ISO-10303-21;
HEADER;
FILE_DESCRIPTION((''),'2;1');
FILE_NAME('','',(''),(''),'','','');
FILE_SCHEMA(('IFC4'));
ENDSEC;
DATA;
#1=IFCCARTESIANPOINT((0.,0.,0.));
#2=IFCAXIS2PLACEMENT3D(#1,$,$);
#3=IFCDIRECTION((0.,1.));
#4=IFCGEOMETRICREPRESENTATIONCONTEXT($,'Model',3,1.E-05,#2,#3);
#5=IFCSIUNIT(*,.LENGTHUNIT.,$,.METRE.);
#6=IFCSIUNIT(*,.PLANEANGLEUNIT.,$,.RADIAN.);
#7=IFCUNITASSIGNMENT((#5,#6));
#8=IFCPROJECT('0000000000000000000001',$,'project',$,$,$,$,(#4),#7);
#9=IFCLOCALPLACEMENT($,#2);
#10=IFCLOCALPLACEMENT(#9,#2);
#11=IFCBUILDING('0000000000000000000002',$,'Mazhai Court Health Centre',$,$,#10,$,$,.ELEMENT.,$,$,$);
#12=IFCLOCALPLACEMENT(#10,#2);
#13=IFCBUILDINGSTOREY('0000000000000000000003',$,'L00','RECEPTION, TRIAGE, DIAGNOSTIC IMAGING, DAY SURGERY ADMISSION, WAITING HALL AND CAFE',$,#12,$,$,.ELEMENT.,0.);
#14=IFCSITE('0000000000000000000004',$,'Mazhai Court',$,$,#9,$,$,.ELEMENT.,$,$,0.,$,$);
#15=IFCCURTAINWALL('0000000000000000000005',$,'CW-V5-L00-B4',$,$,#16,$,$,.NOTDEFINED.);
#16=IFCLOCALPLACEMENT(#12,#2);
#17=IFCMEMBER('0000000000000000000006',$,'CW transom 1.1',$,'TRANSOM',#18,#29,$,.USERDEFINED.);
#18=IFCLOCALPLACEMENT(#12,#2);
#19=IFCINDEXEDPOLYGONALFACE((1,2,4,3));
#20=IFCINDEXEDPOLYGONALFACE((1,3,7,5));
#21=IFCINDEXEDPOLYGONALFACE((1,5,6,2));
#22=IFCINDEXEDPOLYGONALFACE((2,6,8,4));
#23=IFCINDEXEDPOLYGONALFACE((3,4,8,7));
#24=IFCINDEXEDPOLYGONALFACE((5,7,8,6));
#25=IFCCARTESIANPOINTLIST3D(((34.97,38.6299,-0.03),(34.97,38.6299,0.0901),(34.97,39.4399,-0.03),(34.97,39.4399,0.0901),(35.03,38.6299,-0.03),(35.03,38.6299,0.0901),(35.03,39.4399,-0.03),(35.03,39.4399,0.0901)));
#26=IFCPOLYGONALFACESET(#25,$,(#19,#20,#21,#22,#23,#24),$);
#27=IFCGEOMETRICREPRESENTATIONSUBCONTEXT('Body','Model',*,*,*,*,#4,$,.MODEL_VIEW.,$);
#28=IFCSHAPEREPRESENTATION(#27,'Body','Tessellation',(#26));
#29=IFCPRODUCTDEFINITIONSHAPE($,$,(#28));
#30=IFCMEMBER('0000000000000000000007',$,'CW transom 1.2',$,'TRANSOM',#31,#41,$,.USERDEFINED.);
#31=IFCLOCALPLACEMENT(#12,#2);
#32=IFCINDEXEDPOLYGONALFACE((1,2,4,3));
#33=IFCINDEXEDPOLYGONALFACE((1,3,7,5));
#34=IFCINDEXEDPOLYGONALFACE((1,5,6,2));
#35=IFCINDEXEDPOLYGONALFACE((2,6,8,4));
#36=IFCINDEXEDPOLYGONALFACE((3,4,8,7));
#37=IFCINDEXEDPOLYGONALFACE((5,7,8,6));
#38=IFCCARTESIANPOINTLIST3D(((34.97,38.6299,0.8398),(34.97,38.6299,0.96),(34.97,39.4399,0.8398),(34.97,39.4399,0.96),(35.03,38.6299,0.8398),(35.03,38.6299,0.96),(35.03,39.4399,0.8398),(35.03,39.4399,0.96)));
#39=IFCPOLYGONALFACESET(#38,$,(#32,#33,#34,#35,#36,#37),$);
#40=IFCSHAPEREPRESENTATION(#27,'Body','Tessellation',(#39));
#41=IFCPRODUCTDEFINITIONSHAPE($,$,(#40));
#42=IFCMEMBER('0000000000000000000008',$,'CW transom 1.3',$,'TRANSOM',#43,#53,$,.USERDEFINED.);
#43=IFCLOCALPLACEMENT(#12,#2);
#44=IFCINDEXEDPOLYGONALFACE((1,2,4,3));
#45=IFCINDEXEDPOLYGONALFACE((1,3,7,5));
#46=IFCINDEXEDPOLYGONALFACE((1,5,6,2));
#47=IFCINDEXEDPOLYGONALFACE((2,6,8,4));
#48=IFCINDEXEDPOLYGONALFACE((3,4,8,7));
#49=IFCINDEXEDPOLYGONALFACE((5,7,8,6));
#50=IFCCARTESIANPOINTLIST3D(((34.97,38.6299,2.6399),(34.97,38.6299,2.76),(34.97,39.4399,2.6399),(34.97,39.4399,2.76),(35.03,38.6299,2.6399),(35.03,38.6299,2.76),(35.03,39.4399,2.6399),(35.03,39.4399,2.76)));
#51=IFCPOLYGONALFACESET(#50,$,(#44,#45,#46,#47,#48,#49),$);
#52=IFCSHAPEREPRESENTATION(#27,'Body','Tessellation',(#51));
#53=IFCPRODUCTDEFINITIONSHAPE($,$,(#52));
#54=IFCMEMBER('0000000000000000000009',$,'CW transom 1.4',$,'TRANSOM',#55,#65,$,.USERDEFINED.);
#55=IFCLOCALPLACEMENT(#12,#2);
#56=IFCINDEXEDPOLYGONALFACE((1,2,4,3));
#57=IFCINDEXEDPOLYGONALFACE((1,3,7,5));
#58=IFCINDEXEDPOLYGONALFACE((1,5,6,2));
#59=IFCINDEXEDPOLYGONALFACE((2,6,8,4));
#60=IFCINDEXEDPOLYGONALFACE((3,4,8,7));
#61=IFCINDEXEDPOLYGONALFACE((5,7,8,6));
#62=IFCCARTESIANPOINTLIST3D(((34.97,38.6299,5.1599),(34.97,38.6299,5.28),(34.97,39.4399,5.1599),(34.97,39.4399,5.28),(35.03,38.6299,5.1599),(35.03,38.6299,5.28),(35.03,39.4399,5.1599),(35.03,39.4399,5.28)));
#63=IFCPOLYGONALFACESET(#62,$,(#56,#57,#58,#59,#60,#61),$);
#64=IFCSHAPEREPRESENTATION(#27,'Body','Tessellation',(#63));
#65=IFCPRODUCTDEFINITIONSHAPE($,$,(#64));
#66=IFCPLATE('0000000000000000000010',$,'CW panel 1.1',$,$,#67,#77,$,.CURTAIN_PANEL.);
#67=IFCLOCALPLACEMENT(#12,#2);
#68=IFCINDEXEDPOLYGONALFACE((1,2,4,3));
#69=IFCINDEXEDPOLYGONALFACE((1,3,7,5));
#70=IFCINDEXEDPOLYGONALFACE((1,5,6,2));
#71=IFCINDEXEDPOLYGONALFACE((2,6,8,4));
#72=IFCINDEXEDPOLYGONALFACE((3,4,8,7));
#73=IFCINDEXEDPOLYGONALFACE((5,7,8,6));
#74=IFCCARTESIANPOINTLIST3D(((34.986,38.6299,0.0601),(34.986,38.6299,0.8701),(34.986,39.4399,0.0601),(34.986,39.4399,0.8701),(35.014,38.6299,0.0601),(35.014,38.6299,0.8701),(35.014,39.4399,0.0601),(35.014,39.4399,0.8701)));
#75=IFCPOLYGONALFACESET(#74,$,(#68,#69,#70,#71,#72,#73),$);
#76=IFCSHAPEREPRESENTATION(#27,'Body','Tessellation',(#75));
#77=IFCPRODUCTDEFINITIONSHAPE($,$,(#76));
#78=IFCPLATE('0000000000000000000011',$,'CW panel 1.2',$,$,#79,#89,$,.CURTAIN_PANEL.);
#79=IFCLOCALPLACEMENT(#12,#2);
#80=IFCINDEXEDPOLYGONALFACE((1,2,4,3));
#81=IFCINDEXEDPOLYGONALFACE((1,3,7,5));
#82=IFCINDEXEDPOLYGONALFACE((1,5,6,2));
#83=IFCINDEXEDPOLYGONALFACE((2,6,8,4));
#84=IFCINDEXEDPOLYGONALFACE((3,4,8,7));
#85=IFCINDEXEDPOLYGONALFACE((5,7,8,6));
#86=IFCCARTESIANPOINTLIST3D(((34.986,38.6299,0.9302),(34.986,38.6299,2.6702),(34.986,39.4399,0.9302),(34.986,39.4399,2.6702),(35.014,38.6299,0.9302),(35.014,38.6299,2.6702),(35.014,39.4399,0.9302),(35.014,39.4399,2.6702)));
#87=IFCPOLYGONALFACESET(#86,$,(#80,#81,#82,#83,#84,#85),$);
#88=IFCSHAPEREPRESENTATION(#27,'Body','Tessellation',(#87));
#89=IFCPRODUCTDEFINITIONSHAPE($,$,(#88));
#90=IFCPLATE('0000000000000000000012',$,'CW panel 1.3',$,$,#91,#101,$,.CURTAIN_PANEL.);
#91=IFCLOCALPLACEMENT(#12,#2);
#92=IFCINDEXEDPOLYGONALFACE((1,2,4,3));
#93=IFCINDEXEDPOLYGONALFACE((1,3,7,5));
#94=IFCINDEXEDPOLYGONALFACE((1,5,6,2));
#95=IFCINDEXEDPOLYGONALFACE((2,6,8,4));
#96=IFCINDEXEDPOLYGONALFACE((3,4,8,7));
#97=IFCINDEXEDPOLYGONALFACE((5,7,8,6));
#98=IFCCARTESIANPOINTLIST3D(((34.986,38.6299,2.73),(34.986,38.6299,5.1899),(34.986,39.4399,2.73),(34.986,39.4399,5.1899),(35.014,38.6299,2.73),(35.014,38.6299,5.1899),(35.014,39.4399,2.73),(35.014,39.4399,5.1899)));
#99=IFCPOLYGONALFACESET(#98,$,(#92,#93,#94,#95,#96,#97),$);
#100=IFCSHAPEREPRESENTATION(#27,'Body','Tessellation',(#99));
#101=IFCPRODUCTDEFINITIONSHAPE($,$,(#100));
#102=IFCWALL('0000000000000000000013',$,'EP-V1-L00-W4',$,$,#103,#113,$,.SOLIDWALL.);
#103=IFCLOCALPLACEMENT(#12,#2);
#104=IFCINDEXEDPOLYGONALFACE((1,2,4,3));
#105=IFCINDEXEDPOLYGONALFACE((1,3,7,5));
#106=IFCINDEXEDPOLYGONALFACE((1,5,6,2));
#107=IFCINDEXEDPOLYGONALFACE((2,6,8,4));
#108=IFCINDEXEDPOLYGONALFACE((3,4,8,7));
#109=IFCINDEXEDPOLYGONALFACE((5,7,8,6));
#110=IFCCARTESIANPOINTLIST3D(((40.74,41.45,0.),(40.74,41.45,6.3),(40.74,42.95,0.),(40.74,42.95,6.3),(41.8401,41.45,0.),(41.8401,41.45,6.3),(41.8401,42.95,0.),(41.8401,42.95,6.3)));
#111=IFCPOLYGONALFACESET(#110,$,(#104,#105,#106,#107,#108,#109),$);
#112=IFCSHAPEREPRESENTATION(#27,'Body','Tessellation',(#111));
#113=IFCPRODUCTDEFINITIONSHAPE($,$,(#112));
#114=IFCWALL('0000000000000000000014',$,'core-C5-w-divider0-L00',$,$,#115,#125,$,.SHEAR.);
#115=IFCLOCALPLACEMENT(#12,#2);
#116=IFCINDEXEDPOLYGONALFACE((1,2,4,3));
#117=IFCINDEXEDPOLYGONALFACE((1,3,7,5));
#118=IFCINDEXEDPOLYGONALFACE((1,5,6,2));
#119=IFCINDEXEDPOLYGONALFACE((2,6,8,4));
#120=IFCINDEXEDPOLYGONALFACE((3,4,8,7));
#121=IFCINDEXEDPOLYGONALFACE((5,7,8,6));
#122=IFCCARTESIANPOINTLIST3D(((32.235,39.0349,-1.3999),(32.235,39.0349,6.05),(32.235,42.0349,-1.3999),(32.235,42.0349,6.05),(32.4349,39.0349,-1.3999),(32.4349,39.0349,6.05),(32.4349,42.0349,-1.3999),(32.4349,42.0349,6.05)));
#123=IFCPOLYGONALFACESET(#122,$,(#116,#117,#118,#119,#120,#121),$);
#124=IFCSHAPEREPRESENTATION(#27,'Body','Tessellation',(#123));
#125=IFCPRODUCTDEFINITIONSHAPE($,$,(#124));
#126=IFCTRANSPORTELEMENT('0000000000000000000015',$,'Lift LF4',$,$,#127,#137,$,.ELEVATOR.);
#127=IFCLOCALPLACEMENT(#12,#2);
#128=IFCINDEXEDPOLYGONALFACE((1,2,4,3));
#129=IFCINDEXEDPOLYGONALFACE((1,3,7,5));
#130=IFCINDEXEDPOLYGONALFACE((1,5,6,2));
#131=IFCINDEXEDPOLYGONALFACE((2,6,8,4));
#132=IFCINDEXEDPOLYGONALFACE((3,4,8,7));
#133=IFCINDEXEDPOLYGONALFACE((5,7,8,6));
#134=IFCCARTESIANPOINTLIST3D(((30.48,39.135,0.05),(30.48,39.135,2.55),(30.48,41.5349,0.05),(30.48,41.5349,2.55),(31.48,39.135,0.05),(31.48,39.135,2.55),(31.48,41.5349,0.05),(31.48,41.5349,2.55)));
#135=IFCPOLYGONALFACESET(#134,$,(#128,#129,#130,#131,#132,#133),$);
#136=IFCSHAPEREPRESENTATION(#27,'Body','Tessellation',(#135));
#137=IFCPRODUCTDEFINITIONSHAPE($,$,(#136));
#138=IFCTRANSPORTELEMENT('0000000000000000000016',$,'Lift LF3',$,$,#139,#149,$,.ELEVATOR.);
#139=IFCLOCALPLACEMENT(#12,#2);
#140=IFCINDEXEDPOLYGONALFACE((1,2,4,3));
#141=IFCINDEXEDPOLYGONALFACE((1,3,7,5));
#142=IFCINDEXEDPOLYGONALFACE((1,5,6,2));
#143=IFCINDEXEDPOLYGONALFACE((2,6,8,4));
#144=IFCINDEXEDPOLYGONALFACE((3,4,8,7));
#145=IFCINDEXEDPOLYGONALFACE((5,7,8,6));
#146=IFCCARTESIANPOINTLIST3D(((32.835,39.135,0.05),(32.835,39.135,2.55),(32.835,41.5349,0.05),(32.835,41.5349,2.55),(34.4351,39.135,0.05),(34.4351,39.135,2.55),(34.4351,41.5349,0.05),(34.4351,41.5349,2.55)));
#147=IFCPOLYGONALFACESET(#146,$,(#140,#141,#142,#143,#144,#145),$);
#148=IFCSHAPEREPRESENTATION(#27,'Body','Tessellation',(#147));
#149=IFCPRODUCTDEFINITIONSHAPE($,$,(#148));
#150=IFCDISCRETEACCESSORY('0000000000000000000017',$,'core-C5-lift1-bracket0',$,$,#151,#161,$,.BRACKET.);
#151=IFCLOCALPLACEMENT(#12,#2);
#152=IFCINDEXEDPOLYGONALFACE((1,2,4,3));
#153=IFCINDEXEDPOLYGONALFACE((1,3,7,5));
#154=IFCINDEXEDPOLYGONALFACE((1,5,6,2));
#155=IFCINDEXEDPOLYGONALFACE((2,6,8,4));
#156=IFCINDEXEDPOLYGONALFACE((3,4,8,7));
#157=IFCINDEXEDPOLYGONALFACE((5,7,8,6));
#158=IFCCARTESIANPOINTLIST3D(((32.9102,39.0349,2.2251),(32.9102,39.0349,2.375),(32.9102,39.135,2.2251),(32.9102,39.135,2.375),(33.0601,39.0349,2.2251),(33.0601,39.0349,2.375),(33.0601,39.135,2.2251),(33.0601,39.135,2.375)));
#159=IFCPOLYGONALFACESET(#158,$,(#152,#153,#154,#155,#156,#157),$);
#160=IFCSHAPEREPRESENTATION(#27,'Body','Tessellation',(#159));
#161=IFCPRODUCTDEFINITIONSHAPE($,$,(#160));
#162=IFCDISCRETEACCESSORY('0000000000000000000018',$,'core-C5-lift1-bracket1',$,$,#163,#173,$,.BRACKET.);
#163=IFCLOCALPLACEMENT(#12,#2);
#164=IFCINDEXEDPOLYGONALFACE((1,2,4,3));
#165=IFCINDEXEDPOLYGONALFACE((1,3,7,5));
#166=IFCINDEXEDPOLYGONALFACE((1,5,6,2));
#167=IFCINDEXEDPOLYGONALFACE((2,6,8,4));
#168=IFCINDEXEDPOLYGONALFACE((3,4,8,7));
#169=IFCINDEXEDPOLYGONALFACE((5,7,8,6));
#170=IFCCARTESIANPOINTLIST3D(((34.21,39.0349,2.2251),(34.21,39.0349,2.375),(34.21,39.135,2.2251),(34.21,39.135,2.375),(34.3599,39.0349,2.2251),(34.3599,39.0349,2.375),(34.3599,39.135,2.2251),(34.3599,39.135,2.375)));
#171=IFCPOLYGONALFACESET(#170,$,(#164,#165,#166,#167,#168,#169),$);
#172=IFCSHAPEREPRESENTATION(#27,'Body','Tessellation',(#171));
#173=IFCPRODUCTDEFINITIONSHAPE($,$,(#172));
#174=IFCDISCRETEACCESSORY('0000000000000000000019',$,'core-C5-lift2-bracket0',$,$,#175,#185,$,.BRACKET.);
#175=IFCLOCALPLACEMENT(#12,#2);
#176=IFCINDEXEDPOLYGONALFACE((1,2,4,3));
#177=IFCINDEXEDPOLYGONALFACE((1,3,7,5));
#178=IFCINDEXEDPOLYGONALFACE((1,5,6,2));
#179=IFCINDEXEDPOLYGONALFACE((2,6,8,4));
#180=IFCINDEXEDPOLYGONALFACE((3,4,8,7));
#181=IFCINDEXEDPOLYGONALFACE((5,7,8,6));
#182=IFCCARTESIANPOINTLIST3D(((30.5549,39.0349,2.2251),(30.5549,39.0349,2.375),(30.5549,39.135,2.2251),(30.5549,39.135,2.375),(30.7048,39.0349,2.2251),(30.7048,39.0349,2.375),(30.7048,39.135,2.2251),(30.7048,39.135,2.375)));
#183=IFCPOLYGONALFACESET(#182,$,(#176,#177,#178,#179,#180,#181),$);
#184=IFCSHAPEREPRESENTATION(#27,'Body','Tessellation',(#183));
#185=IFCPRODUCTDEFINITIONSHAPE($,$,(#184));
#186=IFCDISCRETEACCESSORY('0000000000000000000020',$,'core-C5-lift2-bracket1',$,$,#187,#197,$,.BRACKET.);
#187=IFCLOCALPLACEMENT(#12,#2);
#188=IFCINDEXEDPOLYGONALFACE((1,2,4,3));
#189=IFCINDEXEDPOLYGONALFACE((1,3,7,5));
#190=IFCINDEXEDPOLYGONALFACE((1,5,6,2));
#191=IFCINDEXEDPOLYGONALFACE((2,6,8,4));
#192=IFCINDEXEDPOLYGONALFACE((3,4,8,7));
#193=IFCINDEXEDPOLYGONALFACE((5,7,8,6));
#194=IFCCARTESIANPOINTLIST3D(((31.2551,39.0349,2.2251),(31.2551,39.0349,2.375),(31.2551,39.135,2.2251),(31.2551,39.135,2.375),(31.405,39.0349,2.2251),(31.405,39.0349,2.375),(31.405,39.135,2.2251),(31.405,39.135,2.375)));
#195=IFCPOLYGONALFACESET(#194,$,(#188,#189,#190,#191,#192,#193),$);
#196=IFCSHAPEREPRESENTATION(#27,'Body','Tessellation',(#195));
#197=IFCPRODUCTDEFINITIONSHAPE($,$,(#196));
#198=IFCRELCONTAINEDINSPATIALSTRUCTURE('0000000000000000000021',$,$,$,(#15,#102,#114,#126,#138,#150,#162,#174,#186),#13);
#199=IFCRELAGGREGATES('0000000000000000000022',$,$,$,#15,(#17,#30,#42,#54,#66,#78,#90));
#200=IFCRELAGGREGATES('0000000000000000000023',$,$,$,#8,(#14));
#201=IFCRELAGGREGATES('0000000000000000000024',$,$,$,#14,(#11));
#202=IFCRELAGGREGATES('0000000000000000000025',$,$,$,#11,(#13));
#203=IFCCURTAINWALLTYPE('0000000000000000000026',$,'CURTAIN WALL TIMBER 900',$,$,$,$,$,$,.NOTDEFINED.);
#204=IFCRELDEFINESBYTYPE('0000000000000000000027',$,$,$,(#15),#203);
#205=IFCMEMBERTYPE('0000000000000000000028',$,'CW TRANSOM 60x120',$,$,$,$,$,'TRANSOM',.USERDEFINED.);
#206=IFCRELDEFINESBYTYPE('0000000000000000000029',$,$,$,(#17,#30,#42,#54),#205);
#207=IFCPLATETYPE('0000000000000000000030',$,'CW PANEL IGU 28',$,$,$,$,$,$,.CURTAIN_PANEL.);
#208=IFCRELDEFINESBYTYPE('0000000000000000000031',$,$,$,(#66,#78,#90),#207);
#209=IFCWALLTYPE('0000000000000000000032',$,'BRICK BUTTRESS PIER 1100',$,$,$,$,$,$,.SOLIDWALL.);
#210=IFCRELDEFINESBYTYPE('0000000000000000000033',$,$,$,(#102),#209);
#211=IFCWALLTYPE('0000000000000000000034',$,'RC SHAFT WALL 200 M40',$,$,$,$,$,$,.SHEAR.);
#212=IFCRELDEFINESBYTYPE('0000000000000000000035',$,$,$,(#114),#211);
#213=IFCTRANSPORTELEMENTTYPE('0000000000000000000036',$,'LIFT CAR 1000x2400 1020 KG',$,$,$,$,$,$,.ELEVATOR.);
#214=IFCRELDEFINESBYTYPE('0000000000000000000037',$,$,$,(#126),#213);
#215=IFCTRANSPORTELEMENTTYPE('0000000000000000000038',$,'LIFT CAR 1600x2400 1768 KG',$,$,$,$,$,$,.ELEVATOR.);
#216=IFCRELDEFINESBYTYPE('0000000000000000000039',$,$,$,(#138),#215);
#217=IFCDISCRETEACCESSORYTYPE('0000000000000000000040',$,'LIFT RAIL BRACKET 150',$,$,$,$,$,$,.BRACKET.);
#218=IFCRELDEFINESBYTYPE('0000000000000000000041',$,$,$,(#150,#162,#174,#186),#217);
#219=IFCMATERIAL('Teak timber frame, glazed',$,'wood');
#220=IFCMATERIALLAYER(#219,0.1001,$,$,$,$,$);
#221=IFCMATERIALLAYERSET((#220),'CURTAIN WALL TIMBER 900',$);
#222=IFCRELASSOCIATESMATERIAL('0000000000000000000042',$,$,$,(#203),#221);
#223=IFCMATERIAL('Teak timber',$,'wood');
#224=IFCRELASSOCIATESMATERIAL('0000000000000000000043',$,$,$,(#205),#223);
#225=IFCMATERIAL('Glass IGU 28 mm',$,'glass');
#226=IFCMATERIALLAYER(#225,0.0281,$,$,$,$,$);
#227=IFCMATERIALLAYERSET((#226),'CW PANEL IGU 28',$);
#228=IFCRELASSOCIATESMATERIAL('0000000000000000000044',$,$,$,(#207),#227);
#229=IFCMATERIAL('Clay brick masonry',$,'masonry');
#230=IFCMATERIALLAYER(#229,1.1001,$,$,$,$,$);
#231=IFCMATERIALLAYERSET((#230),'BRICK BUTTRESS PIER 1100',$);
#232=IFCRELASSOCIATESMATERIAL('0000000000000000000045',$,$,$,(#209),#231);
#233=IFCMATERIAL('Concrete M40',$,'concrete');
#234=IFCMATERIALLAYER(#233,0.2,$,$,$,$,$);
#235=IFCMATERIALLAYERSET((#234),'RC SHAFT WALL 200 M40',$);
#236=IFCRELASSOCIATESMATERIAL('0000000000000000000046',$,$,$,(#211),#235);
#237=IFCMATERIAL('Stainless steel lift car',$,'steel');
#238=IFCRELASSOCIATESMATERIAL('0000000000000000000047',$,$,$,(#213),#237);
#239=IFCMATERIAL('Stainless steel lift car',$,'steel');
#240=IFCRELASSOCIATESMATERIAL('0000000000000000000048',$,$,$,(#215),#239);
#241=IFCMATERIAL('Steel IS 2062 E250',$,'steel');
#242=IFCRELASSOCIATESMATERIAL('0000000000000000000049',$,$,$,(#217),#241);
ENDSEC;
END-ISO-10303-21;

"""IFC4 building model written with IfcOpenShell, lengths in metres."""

from ifc_helpers import new_model, si_unit, direction, frame, frame_2d, origin, origin_2d, place, context, subcontext, project, spatial, rectangle, extrude, material, layer, layer_set, material_profile, profile_set, type_object, element, aggregate, save


model = new_model("IFC4")

# Units and contexts
model_context = context("Model", 3, precision=1e-05, world=origin(), true_north=direction((0.0, 1.0)))
body_context = subcontext(model_context, "Body", "Model", "MODEL_VIEW")
ifc_project = project(units=[si_unit("LENGTHUNIT", "METRE"), si_unit("PLANEANGLEUNIT", "RADIAN")], contexts=[model_context])

# Site, building, storey
site_placement = place(None, origin())
site = spatial("IfcSite", under=ifc_project, at=site_placement, Name="Mazhai Court", CompositionType="ELEMENT", RefElevation=0.0)
building_placement = place(site_placement, origin())
building = spatial("IfcBuilding", under=site, at=building_placement, Name="Mazhai Court Health Centre", CompositionType="ELEMENT")
storey_placement = place(building_placement, origin())
storey = spatial("IfcBuildingStorey", under=building, at=storey_placement, Name="L00", Description="RECEPTION, TRIAGE, DIAGNOSTIC IMAGING, DAY SURGERY ADMISSION, WAITING HALL AND CAFE", CompositionType="ELEMENT", Elevation=0.0)

# Curtain wall, members, plates
ifc_material_1 = material(Name="Teak timber frame, glazed", Category="wood")
ifc_layer_1 = layer(ifc_material_1, 0.1001)
ifc_layer_set_1 = layer_set([ifc_layer_1], Name="CURTAIN WALL TIMBER 900")
curtain_wall_type = type_object("IfcCurtainWallType", Name="CURTAIN WALL TIMBER 900", PredefinedType="NOTDEFINED", material=ifc_layer_set_1)
curtain_wall_placement = place(storey_placement, origin())
curtain_wall = element("IfcCurtainWall", 1, at=curtain_wall_placement, inside=storey, type_object=curtain_wall_type, Name="CW-V5-L00-B4", PredefinedType="NOTDEFINED")
ifc_material_2 = material(Name="Teak timber", Category="wood")
ifc_material_profile_1 = material_profile(ifc_material_2, rectangle(XDim=0.0601, YDim=0.1201, at=origin_2d()), Name="CW TRANSOM 60x120")
ifc_profile_set_1 = profile_set([ifc_material_profile_1], Name="Teak timber")
member_type_1 = type_object("IfcMemberType", Name="CW TRANSOM 60x120", ElementType="TRANSOM", PredefinedType="USERDEFINED", material=ifc_profile_set_1)
member_1_placement = place(storey_placement, frame((35.0, 39.4399, 0.03), z_axis=(0.0, -1.0, 0.0), x_axis=(1.0, 0.0, 0.0)))
member_1 = element("IfcMember", 2, at=member_1_placement, type_object=member_type_1, Name="CW transom 1.1", ObjectType="TRANSOM", PredefinedType="USERDEFINED", context=body_context, shape_type="SweptSolid", body=[
    extrude(rectangle(XDim=0.0601, YDim=0.1201, at=origin_2d()), origin(), (0.0, 0.0, 1.0), 0.8101),
])
member_2_placement = place(storey_placement, frame((35.0, 39.4399, 0.8999), z_axis=(0.0, -1.0, 0.0), x_axis=(1.0, 0.0, 0.0)))
member_2 = element("IfcMember", 3, at=member_2_placement, type_object=member_type_1, Name="CW transom 1.2", ObjectType="TRANSOM", PredefinedType="USERDEFINED", context=body_context, shape_type="SweptSolid", body=[
    extrude(rectangle(XDim=0.0601, YDim=0.1201, at=origin_2d()), origin(), (0.0, 0.0, 1.0), 0.8101),
])
member_3_placement = place(storey_placement, frame((35.0, 39.4399, 2.7), z_axis=(0.0, -1.0, 0.0), x_axis=(1.0, 0.0, 0.0)))
member_3 = element("IfcMember", 4, at=member_3_placement, type_object=member_type_1, Name="CW transom 1.3", ObjectType="TRANSOM", PredefinedType="USERDEFINED", context=body_context, shape_type="SweptSolid", body=[
    extrude(rectangle(XDim=0.0601, YDim=0.1201, at=origin_2d()), origin(), (0.0, 0.0, 1.0), 0.8101),
])
member_4_placement = place(storey_placement, frame((35.0, 39.4399, 5.22), z_axis=(0.0, -1.0, 0.0), x_axis=(1.0, 0.0, 0.0)))
member_4 = element("IfcMember", 5, at=member_4_placement, type_object=member_type_1, Name="CW transom 1.4", ObjectType="TRANSOM", PredefinedType="USERDEFINED", context=body_context, shape_type="SweptSolid", body=[
    extrude(rectangle(XDim=0.0601, YDim=0.1201, at=origin_2d()), origin(), (0.0, 0.0, 1.0), 0.8101),
])
ifc_material_3 = material(Name="Glass IGU 28 mm", Category="glass")
ifc_layer_2 = layer(ifc_material_3, 0.0281)
ifc_layer_set_2 = layer_set([ifc_layer_2], Name="CW PANEL IGU 28")
plate_type = type_object("IfcPlateType", Name="CW PANEL IGU 28", PredefinedType="CURTAIN_PANEL", material=ifc_layer_set_2)
plate_1_placement = place(storey_placement, frame((35.0, 39.0349, 0.0601), z_axis=(0.0, 0.0, 1.0), x_axis=(0.0, -1.0, 0.0)))
plate_1 = element("IfcPlate", 6, at=plate_1_placement, type_object=plate_type, Name="CW panel 1.1", PredefinedType="CURTAIN_PANEL", context=body_context, shape_type="SweptSolid", body=[
    extrude(rectangle(XDim=0.8101, YDim=0.0281, at=origin_2d()), origin(), (0.0, 0.0, 1.0), 0.8101),
])
plate_2_placement = place(storey_placement, frame((35.0, 39.0349, 0.9302), z_axis=(0.0, 0.0, 1.0), x_axis=(0.0, -1.0, 0.0)))
plate_2 = element("IfcPlate", 7, at=plate_2_placement, type_object=plate_type, Name="CW panel 1.2", PredefinedType="CURTAIN_PANEL", context=body_context, shape_type="SweptSolid", body=[
    extrude(rectangle(XDim=0.8101, YDim=0.0281, at=origin_2d()), origin(), (0.0, 0.0, 1.0), 1.74),
])
plate_3_placement = place(storey_placement, frame((35.0, 39.0349, 2.73), z_axis=(0.0, 0.0, 1.0), x_axis=(0.0, -1.0, 0.0)))
plate_3 = element("IfcPlate", 8, at=plate_3_placement, type_object=plate_type, Name="CW panel 1.3", PredefinedType="CURTAIN_PANEL", context=body_context, shape_type="SweptSolid", body=[
    extrude(rectangle(XDim=0.8101, YDim=0.0281, at=origin_2d()), origin(), (0.0, 0.0, 1.0), 2.46),
])
aggregate(curtain_wall, [member_1, member_2, member_3, member_4, plate_1, plate_2, plate_3])

# Walls
ifc_material_4 = material(Name="Clay brick masonry", Category="masonry")
ifc_layer_3 = layer(ifc_material_4, 1.1001)
ifc_layer_set_3 = layer_set([ifc_layer_3], Name="BRICK BUTTRESS PIER 1100")
wall_type_1 = type_object("IfcWallType", Name="BRICK BUTTRESS PIER 1100", PredefinedType="SOLIDWALL", material=ifc_layer_set_3)
wall_1_placement = place(storey_placement, frame((41.29, 41.45, 0.0), z_axis=(0.0, 0.0, 1.0), x_axis=(0.0, 1.0, 0.0)))
element("IfcWall", 9, at=wall_1_placement, inside=storey, type_object=wall_type_1, Name="EP-V1-L00-W4", PredefinedType="SOLIDWALL", context=body_context, shape_type="SweptSolid", body=[
    extrude(rectangle(XDim=1.5, YDim=1.1001, at=frame_2d((0.75, 0.0))), origin(), (0.0, 0.0, 1.0), 6.3),
])
ifc_material_5 = material(Name="Concrete M40", Category="concrete")
ifc_layer_4 = layer(ifc_material_5, 0.2)
ifc_layer_set_4 = layer_set([ifc_layer_4], Name="RC SHAFT WALL 200 M40")
wall_type_2 = type_object("IfcWallType", Name="RC SHAFT WALL 200 M40", PredefinedType="SHEAR", material=ifc_layer_set_4)
wall_2_placement = place(storey_placement, frame((32.335, 42.0349, -1.3999), z_axis=(0.0, 0.0, 1.0), x_axis=(0.0, -1.0, 0.0)))
element("IfcWall", 10, at=wall_2_placement, inside=storey, type_object=wall_type_2, Name="core-C5-w-divider0-L00", PredefinedType="SHEAR", context=body_context, shape_type="SweptSolid", body=[
    extrude(rectangle(XDim=3.0, YDim=0.2, at=frame_2d((1.5, 0.0))), origin(), (0.0, 0.0, 1.0), 7.45),
])

# Transport elements
ifc_material_6 = material(Name="Stainless steel lift car", Category="steel")
transport_element_type_1 = type_object("IfcTransportElementType", Name="LIFT CAR 1000x2400 1020 KG", PredefinedType="ELEVATOR", material=ifc_material_6)
transport_element_1_placement = place(storey_placement, frame((30.98, 40.335, 0.05), z_axis=(0.0, 0.0, 1.0), x_axis=(1.0, 0.0, 0.0)))
element("IfcTransportElement", 11, at=transport_element_1_placement, inside=storey, type_object=transport_element_type_1, Name="Lift LF4", PredefinedType="ELEVATOR", context=body_context, shape_type="SweptSolid", body=[
    extrude(rectangle(XDim=1.0, YDim=2.3999, at=origin_2d()), origin(), (0.0, 0.0, 1.0), 2.5),
])
ifc_material_7 = material(Name="Stainless steel lift car", Category="steel")
transport_element_type_2 = type_object("IfcTransportElementType", Name="LIFT CAR 1600x2400 1768 KG", PredefinedType="ELEVATOR", material=ifc_material_7)
transport_element_2_placement = place(storey_placement, frame((33.635, 40.335, 0.05), z_axis=(0.0, 0.0, 1.0), x_axis=(1.0, 0.0, 0.0)))
element("IfcTransportElement", 12, at=transport_element_2_placement, inside=storey, type_object=transport_element_type_2, Name="Lift LF3", PredefinedType="ELEVATOR", context=body_context, shape_type="SweptSolid", body=[
    extrude(rectangle(XDim=1.6001, YDim=2.3999, at=origin_2d()), origin(), (0.0, 0.0, 1.0), 2.5),
])

# Discrete accessories
ifc_material_8 = material(Name="Steel IS 2062 E250", Category="steel")
discrete_accessory_type = type_object("IfcDiscreteAccessoryType", Name="LIFT RAIL BRACKET 150", PredefinedType="BRACKET", material=ifc_material_8)
for number, where, z_axis, x_axis, name in (
    (13, (32.9851, 39.085, 2.2251), (0.0, 0.0, 1.0), (1.0, 0.0, 0.0), "core-C5-lift1-bracket0"),
    (14, (34.2849, 39.085, 2.2251), (0.0, 0.0, 1.0), (1.0, 0.0, 0.0), "core-C5-lift1-bracket1"),
    (15, (30.6299, 39.085, 2.2251), (0.0, 0.0, 1.0), (1.0, 0.0, 0.0), "core-C5-lift2-bracket0"),
    (16, (31.3301, 39.085, 2.2251), (0.0, 0.0, 1.0), (1.0, 0.0, 0.0), "core-C5-lift2-bracket1"),
):
    element("IfcDiscreteAccessory", number, at=place(storey_placement, frame(where, z_axis=z_axis, x_axis=x_axis)), inside=storey, type_object=discrete_accessory_type, Name=name, PredefinedType="BRACKET", context=body_context, shape_type="SweptSolid", body=[
        extrude(rectangle(XDim=0.1499, YDim=0.1001, at=origin_2d()), origin(), (0.0, 0.0, 1.0), 0.1499),
    ])

save(model, "model.ifc")
